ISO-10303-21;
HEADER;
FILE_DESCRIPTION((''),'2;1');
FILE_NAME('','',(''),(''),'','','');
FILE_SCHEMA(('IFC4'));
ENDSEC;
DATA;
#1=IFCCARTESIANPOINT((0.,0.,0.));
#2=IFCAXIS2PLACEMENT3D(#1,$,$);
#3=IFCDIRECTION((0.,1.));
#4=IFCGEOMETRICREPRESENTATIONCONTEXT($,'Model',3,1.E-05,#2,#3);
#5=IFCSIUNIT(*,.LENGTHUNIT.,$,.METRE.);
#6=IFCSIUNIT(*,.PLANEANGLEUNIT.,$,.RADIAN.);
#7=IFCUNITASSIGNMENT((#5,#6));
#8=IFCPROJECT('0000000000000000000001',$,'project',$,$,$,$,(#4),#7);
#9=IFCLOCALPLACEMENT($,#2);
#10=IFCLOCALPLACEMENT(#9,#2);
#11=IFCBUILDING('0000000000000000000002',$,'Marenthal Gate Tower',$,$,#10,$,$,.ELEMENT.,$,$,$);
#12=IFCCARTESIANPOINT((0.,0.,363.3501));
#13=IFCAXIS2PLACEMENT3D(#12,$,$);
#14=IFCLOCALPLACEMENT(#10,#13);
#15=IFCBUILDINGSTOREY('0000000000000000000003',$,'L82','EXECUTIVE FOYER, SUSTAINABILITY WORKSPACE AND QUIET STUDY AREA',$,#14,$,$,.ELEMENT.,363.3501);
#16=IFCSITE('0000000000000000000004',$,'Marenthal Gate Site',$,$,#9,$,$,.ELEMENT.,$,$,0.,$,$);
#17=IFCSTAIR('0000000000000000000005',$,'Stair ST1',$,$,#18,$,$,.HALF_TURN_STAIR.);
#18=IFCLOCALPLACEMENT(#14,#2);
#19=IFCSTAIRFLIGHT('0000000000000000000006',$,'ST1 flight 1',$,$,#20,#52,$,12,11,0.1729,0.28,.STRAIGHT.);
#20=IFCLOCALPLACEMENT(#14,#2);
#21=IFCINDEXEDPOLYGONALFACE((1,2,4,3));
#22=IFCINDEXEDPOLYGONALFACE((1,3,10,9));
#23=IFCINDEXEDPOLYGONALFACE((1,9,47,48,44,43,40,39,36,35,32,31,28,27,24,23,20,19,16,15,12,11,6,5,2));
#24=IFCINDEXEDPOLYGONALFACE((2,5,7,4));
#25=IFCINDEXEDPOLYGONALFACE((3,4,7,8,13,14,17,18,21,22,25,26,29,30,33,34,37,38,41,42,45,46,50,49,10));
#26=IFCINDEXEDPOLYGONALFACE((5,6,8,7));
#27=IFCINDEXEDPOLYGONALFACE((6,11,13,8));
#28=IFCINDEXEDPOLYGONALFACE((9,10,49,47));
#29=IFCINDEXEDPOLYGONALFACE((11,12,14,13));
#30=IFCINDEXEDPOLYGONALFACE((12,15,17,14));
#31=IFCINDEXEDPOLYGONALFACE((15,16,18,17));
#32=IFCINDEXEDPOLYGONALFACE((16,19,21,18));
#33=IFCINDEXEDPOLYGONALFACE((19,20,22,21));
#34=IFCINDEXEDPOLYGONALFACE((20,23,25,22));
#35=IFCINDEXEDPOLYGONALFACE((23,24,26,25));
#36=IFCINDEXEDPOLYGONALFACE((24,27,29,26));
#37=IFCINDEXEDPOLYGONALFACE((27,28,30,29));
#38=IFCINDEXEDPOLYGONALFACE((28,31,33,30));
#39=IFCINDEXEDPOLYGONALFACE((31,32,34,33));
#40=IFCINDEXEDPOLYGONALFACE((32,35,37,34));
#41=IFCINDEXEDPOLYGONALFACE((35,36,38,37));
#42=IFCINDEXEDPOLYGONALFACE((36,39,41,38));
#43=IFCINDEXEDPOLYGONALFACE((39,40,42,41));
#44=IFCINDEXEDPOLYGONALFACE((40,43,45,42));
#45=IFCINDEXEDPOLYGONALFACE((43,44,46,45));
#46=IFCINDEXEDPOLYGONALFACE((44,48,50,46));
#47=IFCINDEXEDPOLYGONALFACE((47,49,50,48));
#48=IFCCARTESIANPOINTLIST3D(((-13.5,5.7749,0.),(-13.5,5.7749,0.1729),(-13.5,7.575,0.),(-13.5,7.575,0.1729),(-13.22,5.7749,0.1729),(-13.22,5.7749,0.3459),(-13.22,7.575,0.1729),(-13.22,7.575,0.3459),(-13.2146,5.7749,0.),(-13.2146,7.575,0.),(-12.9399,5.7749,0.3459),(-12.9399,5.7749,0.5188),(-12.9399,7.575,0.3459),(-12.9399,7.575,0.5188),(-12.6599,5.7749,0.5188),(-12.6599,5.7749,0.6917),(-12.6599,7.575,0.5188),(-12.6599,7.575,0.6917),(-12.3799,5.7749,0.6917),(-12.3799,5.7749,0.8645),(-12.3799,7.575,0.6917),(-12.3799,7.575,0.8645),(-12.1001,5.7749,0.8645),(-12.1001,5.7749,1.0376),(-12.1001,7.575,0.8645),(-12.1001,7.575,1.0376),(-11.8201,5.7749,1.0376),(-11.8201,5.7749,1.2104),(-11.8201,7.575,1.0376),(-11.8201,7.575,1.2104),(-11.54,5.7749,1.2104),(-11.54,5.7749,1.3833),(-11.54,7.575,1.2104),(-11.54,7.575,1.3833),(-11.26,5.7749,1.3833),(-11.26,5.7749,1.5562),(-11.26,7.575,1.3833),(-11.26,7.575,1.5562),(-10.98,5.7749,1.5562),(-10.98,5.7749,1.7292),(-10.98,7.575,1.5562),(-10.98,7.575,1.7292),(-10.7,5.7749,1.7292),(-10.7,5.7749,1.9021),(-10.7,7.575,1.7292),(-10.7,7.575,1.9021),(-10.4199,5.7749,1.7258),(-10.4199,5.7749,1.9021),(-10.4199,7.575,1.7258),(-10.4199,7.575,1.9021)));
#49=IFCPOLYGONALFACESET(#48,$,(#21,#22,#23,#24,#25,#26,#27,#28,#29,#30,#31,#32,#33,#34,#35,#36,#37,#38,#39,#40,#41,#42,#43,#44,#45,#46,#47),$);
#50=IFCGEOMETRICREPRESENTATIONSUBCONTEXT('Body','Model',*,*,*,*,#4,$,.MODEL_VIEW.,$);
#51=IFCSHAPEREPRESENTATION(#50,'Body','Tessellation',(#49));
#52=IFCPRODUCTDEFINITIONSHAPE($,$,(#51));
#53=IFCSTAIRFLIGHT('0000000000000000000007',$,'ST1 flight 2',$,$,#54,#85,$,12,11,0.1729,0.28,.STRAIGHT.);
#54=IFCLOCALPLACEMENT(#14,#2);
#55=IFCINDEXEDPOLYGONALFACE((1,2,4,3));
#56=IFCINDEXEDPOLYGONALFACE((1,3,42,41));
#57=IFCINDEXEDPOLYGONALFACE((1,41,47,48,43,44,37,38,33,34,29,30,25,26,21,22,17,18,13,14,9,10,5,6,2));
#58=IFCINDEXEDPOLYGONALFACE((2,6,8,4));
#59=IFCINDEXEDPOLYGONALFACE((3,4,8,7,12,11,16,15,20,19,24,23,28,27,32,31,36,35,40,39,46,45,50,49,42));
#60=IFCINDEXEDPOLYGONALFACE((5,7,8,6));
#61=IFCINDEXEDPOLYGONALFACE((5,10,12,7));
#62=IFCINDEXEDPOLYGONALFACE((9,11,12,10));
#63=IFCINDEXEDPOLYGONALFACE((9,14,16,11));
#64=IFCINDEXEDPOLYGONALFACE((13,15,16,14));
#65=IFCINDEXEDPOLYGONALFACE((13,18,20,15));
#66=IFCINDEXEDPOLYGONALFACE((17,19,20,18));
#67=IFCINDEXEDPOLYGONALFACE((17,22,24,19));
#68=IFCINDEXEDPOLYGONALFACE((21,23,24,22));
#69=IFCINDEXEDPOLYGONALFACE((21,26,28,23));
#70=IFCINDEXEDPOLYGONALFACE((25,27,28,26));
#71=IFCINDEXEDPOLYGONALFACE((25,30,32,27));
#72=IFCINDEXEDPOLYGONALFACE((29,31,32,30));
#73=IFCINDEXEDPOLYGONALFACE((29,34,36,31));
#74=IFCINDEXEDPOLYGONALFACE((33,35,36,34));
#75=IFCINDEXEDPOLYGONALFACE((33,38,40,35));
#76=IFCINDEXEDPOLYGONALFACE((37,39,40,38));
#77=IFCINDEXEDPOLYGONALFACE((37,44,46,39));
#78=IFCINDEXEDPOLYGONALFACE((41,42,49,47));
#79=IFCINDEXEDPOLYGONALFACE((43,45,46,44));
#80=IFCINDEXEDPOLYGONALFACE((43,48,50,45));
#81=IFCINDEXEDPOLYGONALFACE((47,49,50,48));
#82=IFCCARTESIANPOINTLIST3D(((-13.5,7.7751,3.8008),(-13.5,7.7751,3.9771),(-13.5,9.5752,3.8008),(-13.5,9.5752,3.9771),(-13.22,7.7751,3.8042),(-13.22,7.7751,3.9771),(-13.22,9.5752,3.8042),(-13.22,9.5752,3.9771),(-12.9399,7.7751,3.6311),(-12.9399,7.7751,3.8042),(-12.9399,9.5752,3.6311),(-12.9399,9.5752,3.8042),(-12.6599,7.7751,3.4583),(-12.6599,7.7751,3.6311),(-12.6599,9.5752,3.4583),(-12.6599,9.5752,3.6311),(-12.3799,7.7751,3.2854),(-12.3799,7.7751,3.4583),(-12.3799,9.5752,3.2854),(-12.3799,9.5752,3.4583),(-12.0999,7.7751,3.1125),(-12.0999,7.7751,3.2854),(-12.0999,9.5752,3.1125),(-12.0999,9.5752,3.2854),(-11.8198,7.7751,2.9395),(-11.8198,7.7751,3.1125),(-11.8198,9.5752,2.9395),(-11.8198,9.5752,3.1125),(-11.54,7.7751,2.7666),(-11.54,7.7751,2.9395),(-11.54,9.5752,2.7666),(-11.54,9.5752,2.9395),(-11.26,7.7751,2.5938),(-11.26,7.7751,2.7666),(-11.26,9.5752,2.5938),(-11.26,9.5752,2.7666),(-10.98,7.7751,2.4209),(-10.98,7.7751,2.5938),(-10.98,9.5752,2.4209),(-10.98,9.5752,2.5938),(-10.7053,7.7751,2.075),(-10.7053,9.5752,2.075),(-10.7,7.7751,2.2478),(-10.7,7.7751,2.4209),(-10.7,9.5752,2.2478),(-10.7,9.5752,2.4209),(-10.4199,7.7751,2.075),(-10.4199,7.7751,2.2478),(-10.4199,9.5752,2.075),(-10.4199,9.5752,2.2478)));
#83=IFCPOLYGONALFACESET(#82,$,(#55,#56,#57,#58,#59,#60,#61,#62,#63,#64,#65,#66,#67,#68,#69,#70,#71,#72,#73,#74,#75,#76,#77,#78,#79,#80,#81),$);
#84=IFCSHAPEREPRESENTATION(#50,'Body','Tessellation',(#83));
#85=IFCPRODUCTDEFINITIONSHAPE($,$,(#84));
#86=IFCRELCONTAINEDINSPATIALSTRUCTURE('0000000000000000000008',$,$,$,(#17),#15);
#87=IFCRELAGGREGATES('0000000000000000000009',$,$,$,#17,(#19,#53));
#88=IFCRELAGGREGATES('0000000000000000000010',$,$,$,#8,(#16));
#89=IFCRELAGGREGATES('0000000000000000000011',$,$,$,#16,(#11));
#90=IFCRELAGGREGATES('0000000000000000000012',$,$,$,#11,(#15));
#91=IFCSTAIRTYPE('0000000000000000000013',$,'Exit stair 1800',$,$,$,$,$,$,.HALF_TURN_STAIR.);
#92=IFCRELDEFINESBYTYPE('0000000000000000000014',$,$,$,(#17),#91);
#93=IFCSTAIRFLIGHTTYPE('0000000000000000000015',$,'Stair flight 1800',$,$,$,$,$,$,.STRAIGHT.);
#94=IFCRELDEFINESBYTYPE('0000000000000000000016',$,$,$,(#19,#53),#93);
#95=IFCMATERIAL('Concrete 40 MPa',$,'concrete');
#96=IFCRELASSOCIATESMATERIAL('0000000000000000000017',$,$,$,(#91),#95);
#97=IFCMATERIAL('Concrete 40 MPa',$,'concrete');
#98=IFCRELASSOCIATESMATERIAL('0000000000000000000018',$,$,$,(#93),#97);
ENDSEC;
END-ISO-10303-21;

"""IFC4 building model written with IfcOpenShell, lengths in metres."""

from ifc_helpers import new_model, si_unit, direction, frame, origin, place, context, subcontext, project, spatial, polyline, outline, extrude, material, type_object, element, aggregate, save


model = new_model("IFC4")

# Units and contexts
model_context = context("Model", 3, precision=1e-05, world=origin(), true_north=direction((0.0, 1.0)))
body_context = subcontext(model_context, "Body", "Model", "MODEL_VIEW")
ifc_project = project(units=[si_unit("LENGTHUNIT", "METRE"), si_unit("PLANEANGLEUNIT", "RADIAN")], contexts=[model_context])

# Site, building, storey
site_placement = place(None, origin())
site = spatial("IfcSite", under=ifc_project, at=site_placement, Name="Marenthal Gate Site", CompositionType="ELEMENT", RefElevation=0.0)
building_placement = place(site_placement, origin())
building = spatial("IfcBuilding", under=site, at=building_placement, Name="Marenthal Gate Tower", CompositionType="ELEMENT")
storey_placement = place(building_placement, frame((0.0, 0.0, 363.3501)))
storey = spatial("IfcBuildingStorey", under=building, at=storey_placement, Name="L82", Description="EXECUTIVE FOYER, SUSTAINABILITY WORKSPACE AND QUIET STUDY AREA", CompositionType="ELEMENT", Elevation=363.3501)

# Stair, stair flights
ifc_material_1 = material(Name="Concrete 40 MPa", Category="concrete")
stair_type = type_object("IfcStairType", Name="Exit stair 1800", PredefinedType="HALF_TURN_STAIR", material=ifc_material_1)
stair_placement = place(storey_placement, origin())
stair = element("IfcStair", 1, at=stair_placement, inside=storey, type_object=stair_type, Name="Stair ST1", PredefinedType="HALF_TURN_STAIR")
ifc_material_2 = material(Name="Concrete 40 MPa", Category="concrete")
stair_flight_type = type_object("IfcStairFlightType", Name="Stair flight 1800", PredefinedType="STRAIGHT", material=ifc_material_2)
stair_flight_1_placement = place(storey_placement, frame((-13.5, 6.675, 0.0), z_axis=(0.0, 0.0, 1.0), x_axis=(1.0, 0.0, 0.0)))
stair_flight_1 = element("IfcStairFlight", 2, at=stair_flight_1_placement, type_object=stair_flight_type, Name="ST1 flight 1", NumberOfRisers=12, NumberOfTreads=11, PredefinedType="STRAIGHT", RiserHeight=0.1729, TreadLength=0.28, context=body_context, shape_type="SweptSolid", body=[
    extrude(outline(polyline([(0.0, 0.0), (0.0, 0.1729), (0.28, 0.1729), (0.28, 0.3459), (0.5601, 0.3459), (0.5601, 0.5188), (0.8401, 0.5188), (0.8401, 0.6917), (1.1201, 0.6917), (1.1201, 0.8645), (1.3999, 0.8645), (1.3999, 1.0376), (1.6799, 1.0376), (1.6799, 1.2104), (1.96, 1.2104), (1.96, 1.3833), (2.24, 1.3833), (2.24, 1.5562), (2.52, 1.5562), (2.52, 1.7292), (2.8, 1.7292), (2.8, 1.9021), (3.0801, 1.9021), (3.0801, 2.075), (3.0801, 1.7258), (0.2854, 0.0), (0.0, 0.0)])), frame((0.0, 0.8999, 0.0), z_axis=(0.0, -1.0, 0.0), x_axis=(1.0, 0.0, 0.0)), (0.0, 0.0, 1.0), 1.8),
])
stair_flight_2_placement = place(storey_placement, frame((-10.4199, 8.675, 2.075), z_axis=(0.0, 0.0, 1.0), x_axis=(-1.0, 0.0, 0.0)))
stair_flight_2 = element("IfcStairFlight", 3, at=stair_flight_2_placement, type_object=stair_flight_type, Name="ST1 flight 2", NumberOfRisers=12, NumberOfTreads=11, PredefinedType="STRAIGHT", RiserHeight=0.1729, TreadLength=0.28, context=body_context, shape_type="SweptSolid", body=[
    extrude(outline(polyline([(0.0, 0.0), (0.0, 0.1729), (0.28, 0.1729), (0.28, 0.3459), (0.5601, 0.3459), (0.5601, 0.5188), (0.8401, 0.5188), (0.8401, 0.6917), (1.1201, 0.6917), (1.1201, 0.8645), (1.3999, 0.8645), (1.3999, 1.0376), (1.6799, 1.0376), (1.6799, 1.2104), (1.96, 1.2104), (1.96, 1.3833), (2.24, 1.3833), (2.24, 1.5562), (2.52, 1.5562), (2.52, 1.7292), (2.8, 1.7292), (2.8, 1.9021), (3.0801, 1.9021), (3.0801, 2.075), (3.0801, 1.7258), (0.2854, 0.0), (0.0, 0.0)])), frame((0.0, 0.8999, 0.0), z_axis=(0.0, -1.0, 0.0), x_axis=(1.0, 0.0, 0.0)), (0.0, 0.0, 1.0), 1.8),
])
aggregate(stair, [stair_flight_1, stair_flight_2])

save(model, "model.ifc")
